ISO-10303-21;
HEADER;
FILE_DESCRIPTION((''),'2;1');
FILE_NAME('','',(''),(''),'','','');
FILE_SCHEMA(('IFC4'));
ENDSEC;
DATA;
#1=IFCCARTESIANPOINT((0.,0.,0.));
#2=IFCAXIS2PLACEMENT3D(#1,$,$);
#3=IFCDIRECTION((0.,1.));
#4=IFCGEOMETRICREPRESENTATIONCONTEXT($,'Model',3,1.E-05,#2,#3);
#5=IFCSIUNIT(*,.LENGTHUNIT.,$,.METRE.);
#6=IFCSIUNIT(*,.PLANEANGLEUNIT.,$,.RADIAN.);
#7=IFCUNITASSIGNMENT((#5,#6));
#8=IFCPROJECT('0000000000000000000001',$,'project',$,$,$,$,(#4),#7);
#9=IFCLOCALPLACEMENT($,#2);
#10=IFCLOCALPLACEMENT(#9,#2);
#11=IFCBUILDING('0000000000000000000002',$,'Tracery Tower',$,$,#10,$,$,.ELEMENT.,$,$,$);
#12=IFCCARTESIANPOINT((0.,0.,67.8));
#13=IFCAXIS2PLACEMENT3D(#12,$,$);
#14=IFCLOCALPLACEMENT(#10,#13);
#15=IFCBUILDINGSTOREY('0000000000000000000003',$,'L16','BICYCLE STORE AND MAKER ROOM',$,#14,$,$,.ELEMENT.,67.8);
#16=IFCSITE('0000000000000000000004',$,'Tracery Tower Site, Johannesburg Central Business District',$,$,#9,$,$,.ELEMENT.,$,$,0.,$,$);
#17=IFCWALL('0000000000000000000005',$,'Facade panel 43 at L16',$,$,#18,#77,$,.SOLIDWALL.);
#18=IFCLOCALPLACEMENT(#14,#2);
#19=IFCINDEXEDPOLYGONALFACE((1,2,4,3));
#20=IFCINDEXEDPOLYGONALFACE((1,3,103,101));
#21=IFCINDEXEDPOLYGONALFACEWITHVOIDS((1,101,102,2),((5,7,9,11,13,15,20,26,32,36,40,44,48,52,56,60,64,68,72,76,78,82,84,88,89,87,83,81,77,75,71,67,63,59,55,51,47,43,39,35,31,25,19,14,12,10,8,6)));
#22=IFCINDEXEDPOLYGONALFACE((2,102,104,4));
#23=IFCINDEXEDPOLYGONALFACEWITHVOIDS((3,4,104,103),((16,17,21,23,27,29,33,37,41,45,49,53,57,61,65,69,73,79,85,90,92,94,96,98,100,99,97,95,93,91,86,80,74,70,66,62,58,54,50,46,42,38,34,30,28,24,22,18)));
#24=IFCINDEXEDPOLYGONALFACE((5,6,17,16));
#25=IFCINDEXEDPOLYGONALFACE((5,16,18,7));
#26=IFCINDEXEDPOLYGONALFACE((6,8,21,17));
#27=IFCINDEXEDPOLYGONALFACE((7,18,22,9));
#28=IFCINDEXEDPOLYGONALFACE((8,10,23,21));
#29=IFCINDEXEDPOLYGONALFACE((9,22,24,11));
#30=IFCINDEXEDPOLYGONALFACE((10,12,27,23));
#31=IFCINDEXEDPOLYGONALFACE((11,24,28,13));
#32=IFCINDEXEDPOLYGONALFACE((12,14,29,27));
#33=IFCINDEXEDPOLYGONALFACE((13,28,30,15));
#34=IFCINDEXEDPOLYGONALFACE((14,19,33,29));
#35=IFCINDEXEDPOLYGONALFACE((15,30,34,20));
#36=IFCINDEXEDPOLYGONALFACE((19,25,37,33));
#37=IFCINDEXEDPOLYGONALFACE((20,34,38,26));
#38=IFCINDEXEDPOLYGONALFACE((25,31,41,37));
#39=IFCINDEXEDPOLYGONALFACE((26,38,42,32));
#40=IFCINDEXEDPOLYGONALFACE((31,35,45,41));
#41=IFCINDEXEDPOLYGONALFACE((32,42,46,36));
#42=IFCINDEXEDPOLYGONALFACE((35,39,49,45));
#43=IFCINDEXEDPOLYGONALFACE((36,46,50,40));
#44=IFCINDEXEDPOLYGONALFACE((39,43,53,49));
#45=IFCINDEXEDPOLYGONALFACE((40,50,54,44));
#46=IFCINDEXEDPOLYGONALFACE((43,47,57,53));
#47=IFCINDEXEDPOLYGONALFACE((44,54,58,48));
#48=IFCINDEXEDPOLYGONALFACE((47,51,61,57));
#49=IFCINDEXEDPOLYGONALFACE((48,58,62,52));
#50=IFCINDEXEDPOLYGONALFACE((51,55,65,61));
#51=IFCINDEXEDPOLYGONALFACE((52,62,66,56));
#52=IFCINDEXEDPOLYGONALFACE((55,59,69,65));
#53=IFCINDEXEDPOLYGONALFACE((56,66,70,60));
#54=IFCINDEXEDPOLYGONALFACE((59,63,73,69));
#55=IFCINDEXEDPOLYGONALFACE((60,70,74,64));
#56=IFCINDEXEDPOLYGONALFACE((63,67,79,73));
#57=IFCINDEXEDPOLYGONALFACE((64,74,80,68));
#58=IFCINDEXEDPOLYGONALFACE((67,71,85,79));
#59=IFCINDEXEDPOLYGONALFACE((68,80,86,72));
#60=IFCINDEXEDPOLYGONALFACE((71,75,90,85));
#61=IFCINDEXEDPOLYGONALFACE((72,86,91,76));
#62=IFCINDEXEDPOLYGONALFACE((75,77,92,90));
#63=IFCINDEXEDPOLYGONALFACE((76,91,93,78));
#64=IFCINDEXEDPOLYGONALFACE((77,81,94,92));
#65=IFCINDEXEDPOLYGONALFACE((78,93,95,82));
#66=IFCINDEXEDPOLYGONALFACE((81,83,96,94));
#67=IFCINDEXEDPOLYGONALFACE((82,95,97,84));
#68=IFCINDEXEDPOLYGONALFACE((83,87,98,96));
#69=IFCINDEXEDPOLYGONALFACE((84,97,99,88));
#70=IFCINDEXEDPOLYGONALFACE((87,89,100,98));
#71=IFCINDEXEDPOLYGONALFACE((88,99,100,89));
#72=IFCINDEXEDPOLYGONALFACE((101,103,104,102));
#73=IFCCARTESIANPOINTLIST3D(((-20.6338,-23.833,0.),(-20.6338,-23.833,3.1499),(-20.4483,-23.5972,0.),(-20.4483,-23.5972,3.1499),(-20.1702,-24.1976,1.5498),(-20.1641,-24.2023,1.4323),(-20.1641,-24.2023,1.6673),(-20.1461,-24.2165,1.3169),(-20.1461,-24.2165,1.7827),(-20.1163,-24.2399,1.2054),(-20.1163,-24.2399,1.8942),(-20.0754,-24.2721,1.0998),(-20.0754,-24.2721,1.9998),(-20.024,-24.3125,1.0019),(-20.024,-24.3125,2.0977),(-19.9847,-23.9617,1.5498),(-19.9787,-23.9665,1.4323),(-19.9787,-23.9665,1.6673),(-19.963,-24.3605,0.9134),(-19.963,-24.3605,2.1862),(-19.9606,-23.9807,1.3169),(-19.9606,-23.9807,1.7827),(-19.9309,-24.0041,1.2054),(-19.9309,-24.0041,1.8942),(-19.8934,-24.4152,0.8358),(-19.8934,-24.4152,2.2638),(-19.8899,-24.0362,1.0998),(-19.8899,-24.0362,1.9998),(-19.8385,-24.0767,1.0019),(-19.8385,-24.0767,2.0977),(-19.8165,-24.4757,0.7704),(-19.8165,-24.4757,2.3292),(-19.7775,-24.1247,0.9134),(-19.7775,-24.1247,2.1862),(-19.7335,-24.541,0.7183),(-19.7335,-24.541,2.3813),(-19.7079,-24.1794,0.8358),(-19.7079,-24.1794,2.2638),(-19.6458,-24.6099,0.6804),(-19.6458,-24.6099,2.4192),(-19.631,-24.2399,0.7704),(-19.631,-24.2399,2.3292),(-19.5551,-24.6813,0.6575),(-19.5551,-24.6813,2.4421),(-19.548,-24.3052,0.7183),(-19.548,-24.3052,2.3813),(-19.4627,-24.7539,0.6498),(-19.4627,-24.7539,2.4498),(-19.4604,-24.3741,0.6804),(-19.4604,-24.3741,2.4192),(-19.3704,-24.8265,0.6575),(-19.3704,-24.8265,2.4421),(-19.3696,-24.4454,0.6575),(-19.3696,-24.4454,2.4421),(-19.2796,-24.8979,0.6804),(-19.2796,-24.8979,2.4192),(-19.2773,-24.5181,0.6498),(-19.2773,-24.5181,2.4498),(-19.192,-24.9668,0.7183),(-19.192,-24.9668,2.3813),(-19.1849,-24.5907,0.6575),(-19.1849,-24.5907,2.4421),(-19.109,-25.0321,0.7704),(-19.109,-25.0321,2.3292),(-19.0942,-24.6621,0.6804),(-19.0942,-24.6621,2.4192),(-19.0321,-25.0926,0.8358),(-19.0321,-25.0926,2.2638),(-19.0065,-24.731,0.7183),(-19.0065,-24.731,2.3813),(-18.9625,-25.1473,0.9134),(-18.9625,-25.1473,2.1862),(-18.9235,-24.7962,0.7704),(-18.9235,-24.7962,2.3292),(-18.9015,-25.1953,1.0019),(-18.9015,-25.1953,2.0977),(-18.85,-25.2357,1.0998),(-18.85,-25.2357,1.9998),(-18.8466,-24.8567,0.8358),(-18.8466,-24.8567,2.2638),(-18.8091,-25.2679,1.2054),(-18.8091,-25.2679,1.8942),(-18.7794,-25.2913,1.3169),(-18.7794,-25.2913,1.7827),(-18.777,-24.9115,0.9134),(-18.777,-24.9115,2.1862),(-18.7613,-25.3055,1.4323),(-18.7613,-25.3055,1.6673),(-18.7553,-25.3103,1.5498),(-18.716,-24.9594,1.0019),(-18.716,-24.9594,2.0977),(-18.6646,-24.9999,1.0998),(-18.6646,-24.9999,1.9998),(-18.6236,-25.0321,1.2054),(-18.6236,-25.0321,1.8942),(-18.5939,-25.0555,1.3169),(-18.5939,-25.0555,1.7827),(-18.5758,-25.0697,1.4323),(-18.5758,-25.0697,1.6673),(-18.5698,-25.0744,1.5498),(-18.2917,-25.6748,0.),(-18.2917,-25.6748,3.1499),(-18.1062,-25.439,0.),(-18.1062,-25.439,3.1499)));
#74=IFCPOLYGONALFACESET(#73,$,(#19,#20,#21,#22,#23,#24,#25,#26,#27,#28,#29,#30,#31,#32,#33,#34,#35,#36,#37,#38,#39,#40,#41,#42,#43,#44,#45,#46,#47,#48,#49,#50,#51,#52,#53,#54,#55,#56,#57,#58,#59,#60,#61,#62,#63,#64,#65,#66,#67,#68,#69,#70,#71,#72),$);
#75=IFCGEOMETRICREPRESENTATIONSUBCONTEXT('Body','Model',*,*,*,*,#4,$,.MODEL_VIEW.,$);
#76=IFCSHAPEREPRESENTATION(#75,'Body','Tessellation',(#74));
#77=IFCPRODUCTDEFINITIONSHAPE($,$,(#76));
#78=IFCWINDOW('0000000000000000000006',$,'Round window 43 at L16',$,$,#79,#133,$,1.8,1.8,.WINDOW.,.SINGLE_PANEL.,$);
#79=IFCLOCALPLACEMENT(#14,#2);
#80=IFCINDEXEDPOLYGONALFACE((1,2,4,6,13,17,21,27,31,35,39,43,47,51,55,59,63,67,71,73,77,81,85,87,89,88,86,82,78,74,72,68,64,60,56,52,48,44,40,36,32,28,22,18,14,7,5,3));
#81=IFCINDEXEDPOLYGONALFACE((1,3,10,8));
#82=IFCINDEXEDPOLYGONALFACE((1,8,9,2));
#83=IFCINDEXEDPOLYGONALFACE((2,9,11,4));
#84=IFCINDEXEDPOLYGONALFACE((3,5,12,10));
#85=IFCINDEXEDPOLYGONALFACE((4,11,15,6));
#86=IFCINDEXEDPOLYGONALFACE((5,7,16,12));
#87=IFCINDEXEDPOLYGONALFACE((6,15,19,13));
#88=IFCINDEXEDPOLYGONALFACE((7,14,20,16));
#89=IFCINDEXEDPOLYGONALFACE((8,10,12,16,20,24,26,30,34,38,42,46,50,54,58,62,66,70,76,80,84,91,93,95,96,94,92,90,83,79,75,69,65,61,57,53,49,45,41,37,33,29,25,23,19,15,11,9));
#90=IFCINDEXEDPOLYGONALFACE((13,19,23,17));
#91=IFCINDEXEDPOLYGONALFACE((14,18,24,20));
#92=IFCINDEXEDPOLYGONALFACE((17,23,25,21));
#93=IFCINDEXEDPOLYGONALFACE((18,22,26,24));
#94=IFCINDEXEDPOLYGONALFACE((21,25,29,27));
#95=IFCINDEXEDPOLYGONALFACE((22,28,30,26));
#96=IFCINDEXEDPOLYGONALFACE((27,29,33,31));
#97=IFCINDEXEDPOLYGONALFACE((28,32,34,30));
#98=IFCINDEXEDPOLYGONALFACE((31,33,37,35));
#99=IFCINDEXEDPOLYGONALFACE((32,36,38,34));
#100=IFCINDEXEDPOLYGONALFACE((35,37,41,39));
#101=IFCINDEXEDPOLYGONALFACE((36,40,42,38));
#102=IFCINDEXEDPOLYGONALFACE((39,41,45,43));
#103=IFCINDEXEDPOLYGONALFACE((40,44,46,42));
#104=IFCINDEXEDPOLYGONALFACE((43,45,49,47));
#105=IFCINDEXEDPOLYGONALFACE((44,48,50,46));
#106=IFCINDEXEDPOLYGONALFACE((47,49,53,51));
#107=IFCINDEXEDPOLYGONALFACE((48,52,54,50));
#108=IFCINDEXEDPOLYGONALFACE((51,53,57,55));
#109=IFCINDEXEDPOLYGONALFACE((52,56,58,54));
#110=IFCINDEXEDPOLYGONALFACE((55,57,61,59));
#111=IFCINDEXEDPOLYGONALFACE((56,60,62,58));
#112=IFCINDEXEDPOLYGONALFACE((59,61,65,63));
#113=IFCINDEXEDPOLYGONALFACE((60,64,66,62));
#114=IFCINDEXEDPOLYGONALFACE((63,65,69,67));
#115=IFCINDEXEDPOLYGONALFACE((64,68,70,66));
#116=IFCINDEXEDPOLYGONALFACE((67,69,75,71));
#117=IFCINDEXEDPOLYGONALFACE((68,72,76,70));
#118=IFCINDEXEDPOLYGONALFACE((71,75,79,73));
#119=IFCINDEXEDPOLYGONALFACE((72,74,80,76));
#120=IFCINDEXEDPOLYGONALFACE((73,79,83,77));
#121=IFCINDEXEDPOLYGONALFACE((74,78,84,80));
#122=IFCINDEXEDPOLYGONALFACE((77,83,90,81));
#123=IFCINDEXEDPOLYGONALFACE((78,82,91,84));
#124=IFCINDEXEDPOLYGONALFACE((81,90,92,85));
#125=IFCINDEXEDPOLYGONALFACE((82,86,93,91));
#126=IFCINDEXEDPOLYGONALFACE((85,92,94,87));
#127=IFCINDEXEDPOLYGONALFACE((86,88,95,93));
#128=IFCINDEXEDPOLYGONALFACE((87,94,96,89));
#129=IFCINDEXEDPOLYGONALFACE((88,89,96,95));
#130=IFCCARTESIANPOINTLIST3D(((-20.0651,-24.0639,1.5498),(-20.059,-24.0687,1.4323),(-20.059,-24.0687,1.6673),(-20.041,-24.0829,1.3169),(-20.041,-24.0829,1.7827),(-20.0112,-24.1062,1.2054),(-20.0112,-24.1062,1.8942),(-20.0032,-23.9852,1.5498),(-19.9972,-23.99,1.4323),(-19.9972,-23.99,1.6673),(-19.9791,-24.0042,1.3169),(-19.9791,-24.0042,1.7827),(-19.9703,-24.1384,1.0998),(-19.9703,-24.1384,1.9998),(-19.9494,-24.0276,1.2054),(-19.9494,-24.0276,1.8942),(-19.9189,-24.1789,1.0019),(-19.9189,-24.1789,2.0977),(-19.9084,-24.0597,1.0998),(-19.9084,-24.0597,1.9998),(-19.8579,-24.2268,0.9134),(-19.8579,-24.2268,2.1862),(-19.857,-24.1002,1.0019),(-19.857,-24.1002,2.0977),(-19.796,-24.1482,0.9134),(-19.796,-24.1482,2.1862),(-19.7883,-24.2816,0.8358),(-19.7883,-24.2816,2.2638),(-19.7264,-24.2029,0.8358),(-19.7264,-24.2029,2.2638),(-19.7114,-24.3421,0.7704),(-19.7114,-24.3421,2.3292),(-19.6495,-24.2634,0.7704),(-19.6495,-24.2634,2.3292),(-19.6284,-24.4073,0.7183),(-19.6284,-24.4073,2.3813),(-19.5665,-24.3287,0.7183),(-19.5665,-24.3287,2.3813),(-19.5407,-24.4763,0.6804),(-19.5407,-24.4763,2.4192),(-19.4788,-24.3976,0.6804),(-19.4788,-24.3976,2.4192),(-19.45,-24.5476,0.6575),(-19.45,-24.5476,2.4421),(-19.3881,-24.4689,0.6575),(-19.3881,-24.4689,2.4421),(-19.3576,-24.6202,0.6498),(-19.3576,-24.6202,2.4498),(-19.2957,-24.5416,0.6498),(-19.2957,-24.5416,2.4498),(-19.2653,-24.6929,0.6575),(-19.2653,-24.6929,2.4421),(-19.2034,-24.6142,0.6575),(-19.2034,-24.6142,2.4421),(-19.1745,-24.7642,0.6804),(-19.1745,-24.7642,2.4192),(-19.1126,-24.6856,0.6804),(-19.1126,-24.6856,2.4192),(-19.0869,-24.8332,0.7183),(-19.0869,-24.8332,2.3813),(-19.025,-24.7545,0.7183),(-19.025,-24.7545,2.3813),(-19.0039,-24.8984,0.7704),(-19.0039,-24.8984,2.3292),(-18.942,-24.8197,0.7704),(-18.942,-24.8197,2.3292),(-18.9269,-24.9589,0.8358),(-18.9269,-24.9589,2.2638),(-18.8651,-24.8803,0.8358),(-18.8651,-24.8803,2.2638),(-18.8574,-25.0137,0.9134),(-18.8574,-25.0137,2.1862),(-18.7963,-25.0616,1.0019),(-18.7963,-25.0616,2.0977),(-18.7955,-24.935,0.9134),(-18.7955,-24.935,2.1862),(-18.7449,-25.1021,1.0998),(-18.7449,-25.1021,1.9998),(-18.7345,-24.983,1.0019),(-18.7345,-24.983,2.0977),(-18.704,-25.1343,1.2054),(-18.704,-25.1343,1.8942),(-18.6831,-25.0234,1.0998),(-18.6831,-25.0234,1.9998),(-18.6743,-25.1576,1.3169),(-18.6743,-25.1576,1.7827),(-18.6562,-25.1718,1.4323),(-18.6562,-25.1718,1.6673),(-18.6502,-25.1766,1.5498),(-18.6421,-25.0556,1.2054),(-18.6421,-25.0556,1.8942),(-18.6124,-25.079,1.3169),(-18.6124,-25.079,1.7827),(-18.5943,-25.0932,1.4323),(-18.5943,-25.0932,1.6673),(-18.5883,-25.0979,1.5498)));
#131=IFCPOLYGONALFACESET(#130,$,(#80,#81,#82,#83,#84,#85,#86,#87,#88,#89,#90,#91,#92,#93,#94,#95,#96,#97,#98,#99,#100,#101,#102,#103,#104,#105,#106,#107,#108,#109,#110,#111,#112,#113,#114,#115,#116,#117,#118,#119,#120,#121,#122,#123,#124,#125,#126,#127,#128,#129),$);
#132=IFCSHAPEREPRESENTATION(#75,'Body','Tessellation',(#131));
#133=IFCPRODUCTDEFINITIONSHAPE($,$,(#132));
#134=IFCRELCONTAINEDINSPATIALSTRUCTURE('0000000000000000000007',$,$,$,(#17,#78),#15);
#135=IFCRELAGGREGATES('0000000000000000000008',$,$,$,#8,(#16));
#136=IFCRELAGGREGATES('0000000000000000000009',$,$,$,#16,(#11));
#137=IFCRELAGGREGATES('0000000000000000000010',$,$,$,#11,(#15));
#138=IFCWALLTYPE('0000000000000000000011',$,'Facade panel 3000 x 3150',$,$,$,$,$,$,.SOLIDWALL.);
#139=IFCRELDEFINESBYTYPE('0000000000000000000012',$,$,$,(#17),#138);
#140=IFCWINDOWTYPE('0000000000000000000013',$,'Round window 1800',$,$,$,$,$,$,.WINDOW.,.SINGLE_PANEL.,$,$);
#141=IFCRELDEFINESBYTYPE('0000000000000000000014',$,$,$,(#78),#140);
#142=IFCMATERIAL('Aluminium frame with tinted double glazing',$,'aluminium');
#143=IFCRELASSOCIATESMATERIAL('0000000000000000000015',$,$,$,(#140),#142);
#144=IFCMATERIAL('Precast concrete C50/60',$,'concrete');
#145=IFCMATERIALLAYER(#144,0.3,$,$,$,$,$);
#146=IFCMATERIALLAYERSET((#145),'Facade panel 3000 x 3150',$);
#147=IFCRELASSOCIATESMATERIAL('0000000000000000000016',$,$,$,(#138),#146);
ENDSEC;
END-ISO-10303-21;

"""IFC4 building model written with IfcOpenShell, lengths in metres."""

from ifc_helpers import new_model, si_unit, direction, frame, frame_2d, origin, origin_2d, place, context, subcontext, project, spatial, rectangle, circle, extrude, material, layer, layer_set, type_object, element, fill, save


model = new_model("IFC4")

# Units and contexts
model_context = context("Model", 3, precision=1e-05, world=origin(), true_north=direction((0.0, 1.0)))
body_context = subcontext(model_context, "Body", "Model", "MODEL_VIEW")
ifc_project = project(units=[si_unit("LENGTHUNIT", "METRE"), si_unit("PLANEANGLEUNIT", "RADIAN")], contexts=[model_context])

# Site, building, storey
site_placement = place(None, origin())
site = spatial("IfcSite", under=ifc_project, at=site_placement, Name="Tracery Tower Site, Johannesburg Central Business District", CompositionType="ELEMENT", RefElevation=0.0)
building_placement = place(site_placement, origin())
building = spatial("IfcBuilding", under=site, at=building_placement, Name="Tracery Tower", CompositionType="ELEMENT")
storey_placement = place(building_placement, frame((0.0, 0.0, 67.8)))
storey = spatial("IfcBuildingStorey", under=building, at=storey_placement, Name="L16", Description="BICYCLE STORE AND MAKER ROOM", CompositionType="ELEMENT", Elevation=67.8)

# Wall, opening, window
ifc_material_1 = material(Name="Aluminium frame with tinted double glazing", Category="aluminium")
window_type = type_object("IfcWindowType", Name="Round window 1800", PartitioningType="SINGLE_PANEL", PredefinedType="WINDOW", material=ifc_material_1)
ifc_material_2 = material(Name="Precast concrete C50/60", Category="concrete")
ifc_layer_1 = layer(ifc_material_2, 0.3)
ifc_layer_set_1 = layer_set([ifc_layer_1], Name="Facade panel 3000 x 3150")
wall_type_1 = type_object("IfcWallType", Name="Facade panel 3000 x 3150", PredefinedType="SOLIDWALL", material=ifc_layer_set_1)
wall_1_placement = place(storey_placement, frame((-20.541, -23.7151, 0.0), z_axis=(0.0, 0.0, 1.0), x_axis=(0.786054, -0.618158, 0.0)))
wall_1 = element("IfcWall", 1, at=wall_1_placement, inside=storey, type_object=wall_type_1, Name="Facade panel 43 at L16", PredefinedType="SOLIDWALL", context=body_context, shape_type="SweptSolid", body=[
    extrude(rectangle(XDim=2.9795, YDim=0.3, at=frame_2d((1.4897, 0.0))), origin(), (0.0, 0.0, 1.0), 3.1499),
])
opening_1_placement = place(wall_1_placement, frame((1.4897, 0.0, 1.5498)))
opening_1 = element("IfcOpeningElement", 2, at=opening_1_placement, cuts=wall_1, PredefinedType="OPENING", context=body_context, shape_type="SweptSolid", body=[
    extrude(circle(Radius=0.9, at=origin_2d()), frame((0.0, 0.1599, 0.0), z_axis=(0.0, -1.0, 0.0), x_axis=(1.0, 0.0, 0.0)), (0.0, 0.0, 1.0), 0.3201),
])
window_1_placement = place(opening_1_placement, origin())
window_1 = element("IfcWindow", 3, at=window_1_placement, inside=storey, type_object=window_type, Name="Round window 43 at L16", OverallHeight=1.8, OverallWidth=1.8, PartitioningType="SINGLE_PANEL", PredefinedType="WINDOW", context=body_context, shape_type="SweptSolid", body=[
    extrude(circle(Radius=0.9, at=origin_2d()), frame((0.0, 0.1201, 0.0), z_axis=(0.0, -1.0, 0.0), x_axis=(1.0, 0.0, 0.0)), (0.0, 0.0, 1.0), 0.1001),
])
fill(opening_1, window_1)

save(model, "model.ifc")
